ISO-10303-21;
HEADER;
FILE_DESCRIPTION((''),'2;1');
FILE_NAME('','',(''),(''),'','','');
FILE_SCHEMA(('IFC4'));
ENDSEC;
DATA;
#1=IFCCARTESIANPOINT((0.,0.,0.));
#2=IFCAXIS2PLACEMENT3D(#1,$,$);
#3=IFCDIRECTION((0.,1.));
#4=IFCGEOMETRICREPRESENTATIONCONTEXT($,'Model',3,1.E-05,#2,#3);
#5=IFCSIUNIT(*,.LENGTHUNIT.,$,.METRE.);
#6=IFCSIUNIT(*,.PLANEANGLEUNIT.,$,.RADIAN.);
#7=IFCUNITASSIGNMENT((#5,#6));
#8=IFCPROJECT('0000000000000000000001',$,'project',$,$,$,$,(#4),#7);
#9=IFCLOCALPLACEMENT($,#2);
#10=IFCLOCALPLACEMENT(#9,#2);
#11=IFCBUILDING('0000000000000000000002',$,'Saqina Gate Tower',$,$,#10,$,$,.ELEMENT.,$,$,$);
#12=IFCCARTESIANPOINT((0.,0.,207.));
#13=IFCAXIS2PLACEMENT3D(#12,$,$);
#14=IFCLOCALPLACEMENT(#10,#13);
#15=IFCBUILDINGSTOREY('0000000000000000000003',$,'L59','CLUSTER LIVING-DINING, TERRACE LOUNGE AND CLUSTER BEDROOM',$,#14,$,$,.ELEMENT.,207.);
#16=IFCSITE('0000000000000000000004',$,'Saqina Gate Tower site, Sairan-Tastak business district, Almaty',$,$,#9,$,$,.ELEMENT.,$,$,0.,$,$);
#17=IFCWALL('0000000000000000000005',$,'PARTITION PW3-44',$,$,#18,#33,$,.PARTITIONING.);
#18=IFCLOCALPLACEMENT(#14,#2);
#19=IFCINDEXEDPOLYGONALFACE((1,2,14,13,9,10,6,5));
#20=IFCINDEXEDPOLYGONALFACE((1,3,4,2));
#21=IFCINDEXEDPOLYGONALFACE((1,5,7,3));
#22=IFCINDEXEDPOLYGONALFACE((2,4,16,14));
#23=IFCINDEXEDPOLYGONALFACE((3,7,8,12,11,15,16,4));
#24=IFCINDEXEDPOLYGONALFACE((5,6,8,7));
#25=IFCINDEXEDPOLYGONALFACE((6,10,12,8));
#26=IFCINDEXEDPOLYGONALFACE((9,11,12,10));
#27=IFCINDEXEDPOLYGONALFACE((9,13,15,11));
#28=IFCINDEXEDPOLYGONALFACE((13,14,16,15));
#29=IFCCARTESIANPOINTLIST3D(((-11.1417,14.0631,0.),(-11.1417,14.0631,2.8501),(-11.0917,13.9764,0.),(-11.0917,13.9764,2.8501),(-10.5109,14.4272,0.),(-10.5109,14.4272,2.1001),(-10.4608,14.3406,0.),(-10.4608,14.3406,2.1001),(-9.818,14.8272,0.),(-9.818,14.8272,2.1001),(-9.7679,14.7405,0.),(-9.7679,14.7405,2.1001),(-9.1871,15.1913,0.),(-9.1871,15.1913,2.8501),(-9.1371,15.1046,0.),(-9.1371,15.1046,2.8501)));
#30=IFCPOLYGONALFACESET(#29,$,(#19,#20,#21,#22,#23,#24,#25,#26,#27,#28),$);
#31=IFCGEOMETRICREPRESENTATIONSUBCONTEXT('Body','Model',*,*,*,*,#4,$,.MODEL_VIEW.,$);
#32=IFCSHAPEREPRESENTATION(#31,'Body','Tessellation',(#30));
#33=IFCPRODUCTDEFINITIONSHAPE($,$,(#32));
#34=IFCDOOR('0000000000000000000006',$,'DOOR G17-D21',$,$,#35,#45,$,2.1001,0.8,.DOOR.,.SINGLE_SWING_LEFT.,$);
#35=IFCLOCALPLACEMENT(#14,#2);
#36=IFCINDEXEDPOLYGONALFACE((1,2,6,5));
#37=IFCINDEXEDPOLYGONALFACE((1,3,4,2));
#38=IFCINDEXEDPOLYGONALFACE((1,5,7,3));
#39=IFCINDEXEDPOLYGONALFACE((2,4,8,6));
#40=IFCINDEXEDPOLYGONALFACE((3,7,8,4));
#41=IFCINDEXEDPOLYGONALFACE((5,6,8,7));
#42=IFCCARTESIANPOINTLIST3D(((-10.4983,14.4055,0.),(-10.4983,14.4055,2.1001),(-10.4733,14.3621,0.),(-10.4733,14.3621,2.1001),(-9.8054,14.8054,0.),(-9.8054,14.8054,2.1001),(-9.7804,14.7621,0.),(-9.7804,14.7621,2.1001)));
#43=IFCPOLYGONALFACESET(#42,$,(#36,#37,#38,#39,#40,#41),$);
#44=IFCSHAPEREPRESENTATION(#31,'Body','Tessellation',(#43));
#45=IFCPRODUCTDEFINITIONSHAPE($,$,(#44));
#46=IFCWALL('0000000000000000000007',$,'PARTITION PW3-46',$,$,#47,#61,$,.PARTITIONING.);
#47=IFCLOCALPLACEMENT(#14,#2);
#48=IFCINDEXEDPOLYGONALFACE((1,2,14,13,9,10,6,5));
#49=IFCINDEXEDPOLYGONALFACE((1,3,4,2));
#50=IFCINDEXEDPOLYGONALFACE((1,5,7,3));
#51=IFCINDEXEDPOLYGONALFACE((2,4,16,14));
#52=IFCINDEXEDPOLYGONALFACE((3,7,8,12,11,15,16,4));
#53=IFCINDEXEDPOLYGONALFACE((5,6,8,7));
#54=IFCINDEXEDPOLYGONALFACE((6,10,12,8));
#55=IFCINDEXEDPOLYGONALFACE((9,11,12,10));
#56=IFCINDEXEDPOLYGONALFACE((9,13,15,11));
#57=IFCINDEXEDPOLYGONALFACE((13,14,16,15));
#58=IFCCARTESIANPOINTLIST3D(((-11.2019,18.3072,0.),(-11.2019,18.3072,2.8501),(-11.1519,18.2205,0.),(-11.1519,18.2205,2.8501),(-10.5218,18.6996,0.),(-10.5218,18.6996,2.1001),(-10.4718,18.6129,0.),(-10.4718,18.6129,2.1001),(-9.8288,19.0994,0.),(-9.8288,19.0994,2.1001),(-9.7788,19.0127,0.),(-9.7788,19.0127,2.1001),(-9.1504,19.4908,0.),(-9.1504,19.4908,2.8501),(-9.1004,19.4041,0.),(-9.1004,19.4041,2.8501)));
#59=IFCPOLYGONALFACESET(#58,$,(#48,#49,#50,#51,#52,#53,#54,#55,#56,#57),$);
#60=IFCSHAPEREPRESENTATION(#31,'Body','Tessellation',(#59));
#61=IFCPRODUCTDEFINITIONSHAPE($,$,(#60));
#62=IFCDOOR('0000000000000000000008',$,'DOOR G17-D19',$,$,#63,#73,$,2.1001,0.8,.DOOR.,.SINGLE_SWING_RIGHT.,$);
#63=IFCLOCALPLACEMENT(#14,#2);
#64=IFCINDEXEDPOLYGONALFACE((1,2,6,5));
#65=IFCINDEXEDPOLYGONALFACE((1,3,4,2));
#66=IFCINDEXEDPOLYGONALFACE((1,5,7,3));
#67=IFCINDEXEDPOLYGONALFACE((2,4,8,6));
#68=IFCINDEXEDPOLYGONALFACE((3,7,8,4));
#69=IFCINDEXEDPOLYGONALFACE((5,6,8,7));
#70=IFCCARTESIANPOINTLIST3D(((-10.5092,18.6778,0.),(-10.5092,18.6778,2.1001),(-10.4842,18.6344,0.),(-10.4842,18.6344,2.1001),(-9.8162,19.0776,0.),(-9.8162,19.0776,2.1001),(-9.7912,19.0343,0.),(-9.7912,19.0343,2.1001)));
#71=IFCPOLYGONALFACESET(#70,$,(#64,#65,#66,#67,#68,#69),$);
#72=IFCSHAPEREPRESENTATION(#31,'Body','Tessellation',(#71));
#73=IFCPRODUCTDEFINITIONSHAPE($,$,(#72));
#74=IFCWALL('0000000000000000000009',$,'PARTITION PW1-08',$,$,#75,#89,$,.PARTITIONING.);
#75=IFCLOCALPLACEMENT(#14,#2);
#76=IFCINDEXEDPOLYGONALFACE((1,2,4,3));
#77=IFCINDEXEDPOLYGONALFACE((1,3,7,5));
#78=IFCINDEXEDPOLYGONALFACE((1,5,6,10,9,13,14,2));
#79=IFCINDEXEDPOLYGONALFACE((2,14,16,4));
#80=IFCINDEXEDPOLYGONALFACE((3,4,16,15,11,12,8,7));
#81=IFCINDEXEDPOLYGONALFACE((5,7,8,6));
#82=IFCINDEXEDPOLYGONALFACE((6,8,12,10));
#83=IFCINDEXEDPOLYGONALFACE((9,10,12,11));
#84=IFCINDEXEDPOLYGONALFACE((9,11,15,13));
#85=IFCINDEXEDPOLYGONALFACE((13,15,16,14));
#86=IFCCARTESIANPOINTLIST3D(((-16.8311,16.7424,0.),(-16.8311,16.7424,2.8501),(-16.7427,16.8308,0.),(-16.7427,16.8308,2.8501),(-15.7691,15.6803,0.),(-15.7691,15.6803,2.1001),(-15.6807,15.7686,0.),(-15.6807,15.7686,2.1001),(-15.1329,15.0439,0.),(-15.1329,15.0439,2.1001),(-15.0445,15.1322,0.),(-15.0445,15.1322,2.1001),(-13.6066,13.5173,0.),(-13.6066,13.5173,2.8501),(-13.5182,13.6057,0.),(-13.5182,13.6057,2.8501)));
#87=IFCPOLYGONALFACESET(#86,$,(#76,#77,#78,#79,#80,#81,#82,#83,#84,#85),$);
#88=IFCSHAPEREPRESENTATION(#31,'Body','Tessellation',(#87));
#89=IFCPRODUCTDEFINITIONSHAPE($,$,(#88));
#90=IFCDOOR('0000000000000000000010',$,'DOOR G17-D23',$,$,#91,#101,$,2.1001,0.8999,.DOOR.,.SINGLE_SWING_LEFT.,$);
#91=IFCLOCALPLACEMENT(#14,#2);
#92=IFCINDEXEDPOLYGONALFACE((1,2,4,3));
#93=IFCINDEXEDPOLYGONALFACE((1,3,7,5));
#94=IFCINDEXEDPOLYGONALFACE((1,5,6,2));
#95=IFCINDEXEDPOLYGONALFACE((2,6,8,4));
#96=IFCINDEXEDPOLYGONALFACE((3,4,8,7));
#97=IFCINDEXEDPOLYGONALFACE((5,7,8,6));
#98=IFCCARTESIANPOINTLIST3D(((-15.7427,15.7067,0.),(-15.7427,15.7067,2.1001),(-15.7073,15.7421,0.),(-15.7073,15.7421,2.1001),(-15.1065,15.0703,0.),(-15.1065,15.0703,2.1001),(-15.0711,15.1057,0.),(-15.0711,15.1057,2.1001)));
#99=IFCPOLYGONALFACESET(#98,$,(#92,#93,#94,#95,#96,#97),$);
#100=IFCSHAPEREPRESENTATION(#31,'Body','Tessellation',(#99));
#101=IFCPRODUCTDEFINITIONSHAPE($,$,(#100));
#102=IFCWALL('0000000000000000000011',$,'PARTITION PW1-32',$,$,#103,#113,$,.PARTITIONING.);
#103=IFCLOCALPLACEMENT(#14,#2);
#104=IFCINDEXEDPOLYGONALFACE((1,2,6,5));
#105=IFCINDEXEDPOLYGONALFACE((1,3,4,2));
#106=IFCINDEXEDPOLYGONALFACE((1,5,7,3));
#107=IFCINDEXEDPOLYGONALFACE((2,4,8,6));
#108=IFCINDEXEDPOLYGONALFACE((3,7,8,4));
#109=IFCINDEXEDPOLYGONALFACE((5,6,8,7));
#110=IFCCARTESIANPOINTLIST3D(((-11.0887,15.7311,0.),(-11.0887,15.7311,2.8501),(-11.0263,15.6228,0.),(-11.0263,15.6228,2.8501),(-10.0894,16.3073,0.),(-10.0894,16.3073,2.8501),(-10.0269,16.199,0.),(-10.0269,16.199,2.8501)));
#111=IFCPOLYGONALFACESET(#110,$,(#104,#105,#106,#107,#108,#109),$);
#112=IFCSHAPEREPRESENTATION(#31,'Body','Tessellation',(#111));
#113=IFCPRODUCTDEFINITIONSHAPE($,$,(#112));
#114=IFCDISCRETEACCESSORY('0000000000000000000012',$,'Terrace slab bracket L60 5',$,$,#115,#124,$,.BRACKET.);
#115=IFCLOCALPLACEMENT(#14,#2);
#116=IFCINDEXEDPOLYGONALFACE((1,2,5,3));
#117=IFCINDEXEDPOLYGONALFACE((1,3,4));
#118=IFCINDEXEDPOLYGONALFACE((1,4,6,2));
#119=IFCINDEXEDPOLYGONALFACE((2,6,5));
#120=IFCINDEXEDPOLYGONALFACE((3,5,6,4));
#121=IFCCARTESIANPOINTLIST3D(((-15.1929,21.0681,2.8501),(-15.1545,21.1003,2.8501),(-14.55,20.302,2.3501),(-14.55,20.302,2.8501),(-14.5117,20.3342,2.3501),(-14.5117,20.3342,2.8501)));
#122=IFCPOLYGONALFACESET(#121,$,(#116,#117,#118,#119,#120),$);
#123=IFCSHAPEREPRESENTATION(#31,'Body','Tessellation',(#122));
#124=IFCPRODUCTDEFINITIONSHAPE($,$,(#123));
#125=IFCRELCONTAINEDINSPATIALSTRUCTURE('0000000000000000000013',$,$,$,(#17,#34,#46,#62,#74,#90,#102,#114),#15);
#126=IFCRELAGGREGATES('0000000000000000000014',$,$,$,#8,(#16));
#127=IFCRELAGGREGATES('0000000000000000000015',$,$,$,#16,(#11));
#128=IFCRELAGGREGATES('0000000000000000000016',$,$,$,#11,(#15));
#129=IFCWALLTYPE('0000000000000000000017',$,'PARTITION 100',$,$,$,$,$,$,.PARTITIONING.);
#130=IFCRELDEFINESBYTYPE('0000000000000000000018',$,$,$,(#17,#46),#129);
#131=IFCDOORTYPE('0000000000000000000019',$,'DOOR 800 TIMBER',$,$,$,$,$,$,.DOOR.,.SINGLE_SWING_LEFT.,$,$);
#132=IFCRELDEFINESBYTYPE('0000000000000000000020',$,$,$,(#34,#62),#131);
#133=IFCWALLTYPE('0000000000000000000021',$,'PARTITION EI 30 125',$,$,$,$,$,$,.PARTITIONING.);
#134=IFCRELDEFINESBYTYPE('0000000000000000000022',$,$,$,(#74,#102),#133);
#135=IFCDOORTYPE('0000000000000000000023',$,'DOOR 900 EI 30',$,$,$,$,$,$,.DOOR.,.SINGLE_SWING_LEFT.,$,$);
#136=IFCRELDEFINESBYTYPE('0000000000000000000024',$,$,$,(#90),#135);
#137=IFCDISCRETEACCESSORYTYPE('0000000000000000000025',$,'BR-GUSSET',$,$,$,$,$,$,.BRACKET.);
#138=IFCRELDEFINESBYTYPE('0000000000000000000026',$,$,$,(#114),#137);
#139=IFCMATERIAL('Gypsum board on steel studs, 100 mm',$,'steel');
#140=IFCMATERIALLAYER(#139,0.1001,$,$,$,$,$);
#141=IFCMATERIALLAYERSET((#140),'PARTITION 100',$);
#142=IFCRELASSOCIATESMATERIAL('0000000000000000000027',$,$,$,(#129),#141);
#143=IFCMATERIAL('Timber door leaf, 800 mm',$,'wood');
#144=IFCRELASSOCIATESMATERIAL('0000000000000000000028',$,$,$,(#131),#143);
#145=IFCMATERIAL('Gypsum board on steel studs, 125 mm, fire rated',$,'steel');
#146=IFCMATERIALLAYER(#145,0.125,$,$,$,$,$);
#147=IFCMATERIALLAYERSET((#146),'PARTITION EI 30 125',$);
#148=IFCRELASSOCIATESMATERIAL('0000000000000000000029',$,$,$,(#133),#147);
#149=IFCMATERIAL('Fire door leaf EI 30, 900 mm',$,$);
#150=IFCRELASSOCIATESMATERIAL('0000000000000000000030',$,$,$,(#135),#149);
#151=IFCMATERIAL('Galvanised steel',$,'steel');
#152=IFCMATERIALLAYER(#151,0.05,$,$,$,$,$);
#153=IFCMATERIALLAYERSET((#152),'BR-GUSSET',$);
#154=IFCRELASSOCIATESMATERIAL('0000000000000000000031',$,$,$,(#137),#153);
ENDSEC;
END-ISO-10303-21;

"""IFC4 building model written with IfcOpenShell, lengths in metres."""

from ifc_helpers import new_model, si_unit, direction, frame, frame_2d, origin, place, context, subcontext, project, spatial, polyline, rectangle, outline, extrude, material, layer, layer_set, type_object, element, fill, save


model = new_model("IFC4")

# Units and contexts
model_context = context("Model", 3, precision=1e-05, world=origin(), true_north=direction((0.0, 1.0)))
body_context = subcontext(model_context, "Body", "Model", "MODEL_VIEW")
ifc_project = project(units=[si_unit("LENGTHUNIT", "METRE"), si_unit("PLANEANGLEUNIT", "RADIAN")], contexts=[model_context])

# Site, building, storey
site_placement = place(None, origin())
site = spatial("IfcSite", under=ifc_project, at=site_placement, Name="Saqina Gate Tower site, Sairan-Tastak business district, Almaty", CompositionType="ELEMENT", RefElevation=0.0)
building_placement = place(site_placement, origin())
building = spatial("IfcBuilding", under=site, at=building_placement, Name="Saqina Gate Tower", CompositionType="ELEMENT")
storey_placement = place(building_placement, frame((0.0, 0.0, 207.0)))
storey = spatial("IfcBuildingStorey", under=building, at=storey_placement, Name="L59", Description="CLUSTER LIVING-DINING, TERRACE LOUNGE AND CLUSTER BEDROOM", CompositionType="ELEMENT", Elevation=207.0)

# Shared definitions
ifc_material_1 = material(Name="Gypsum board on steel studs, 100 mm", Category="steel")
ifc_layer_1 = layer(ifc_material_1, 0.1001)
ifc_layer_set_1 = layer_set([ifc_layer_1], Name="PARTITION 100")
wall_type_1 = type_object("IfcWallType", Name="PARTITION 100", PredefinedType="PARTITIONING", material=ifc_layer_set_1)

# Walls, openings, doors
wall_1_placement = place(storey_placement, frame((-11.1167, 14.0198, 0.0), z_axis=(0.0, 0.0, 1.0), x_axis=(0.866085, 0.499897, 0.0)))
wall_1 = element("IfcWall", 1, at=wall_1_placement, inside=storey, type_object=wall_type_1, Name="PARTITION PW3-44", PredefinedType="PARTITIONING", context=body_context, shape_type="SweptSolid", body=[
    extrude(rectangle(XDim=2.2568, YDim=0.1001, at=frame_2d((1.1284, 0.0))), origin(), (0.0, 0.0, 1.0), 2.8501),
])
opening_1_placement = place(wall_1_placement, frame((0.7285, 0.0, 0.0)))
opening_1 = element("IfcOpeningElement", 2, at=opening_1_placement, cuts=wall_1, PredefinedType="OPENING", context=body_context, shape_type="SweptSolid", body=[
    extrude(rectangle(XDim=0.8, YDim=2.1001, at=frame_2d((0.3999, 1.05))), frame((0.0, 0.062, 0.0), z_axis=(0.0, -1.0, 0.0), x_axis=(1.0, 0.0, 0.0)), (0.0, 0.0, 1.0), 0.124),
])
ifc_material_2 = material(Name="Timber door leaf, 800 mm", Category="wood")
door_type_1 = type_object("IfcDoorType", Name="DOOR 800 TIMBER", OperationType="SINGLE_SWING_LEFT", PredefinedType="DOOR", material=ifc_material_2)
door_1_placement = place(opening_1_placement, origin())
door_1 = element("IfcDoor", 3, at=door_1_placement, inside=storey, type_object=door_type_1, Name="DOOR G17-D21", OperationType="SINGLE_SWING_LEFT", OverallHeight=2.1001, OverallWidth=0.8, PredefinedType="DOOR", context=body_context, shape_type="SweptSolid", body=[
    extrude(rectangle(XDim=0.8, YDim=2.1001, at=frame_2d((0.3999, 1.05))), frame((0.0, 0.0249, 0.0), z_axis=(0.0, -1.0, 0.0), x_axis=(1.0, 0.0, 0.0)), (0.0, 0.0, 1.0), 0.05),
])
fill(opening_1, door_1)
wall_2_placement = place(storey_placement, frame((-11.1768, 18.2639, 0.0), z_axis=(0.0, 0.0, 1.0), x_axis=(0.86618, 0.499731, 0.0)))
wall_2 = element("IfcWall", 4, at=wall_2_placement, inside=storey, type_object=wall_type_1, Name="PARTITION PW3-46", PredefinedType="PARTITIONING", context=body_context, shape_type="SweptSolid", body=[
    extrude(rectangle(XDim=2.3684, YDim=0.1001, at=frame_2d((1.1841, 0.0))), origin(), (0.0, 0.0, 1.0), 2.8501),
])
opening_2_placement = place(wall_2_placement, frame((0.7852, 0.0, 0.0)))
opening_2 = element("IfcOpeningElement", 5, at=opening_2_placement, cuts=wall_2, PredefinedType="OPENING", context=body_context, shape_type="SweptSolid", body=[
    extrude(rectangle(XDim=0.8, YDim=2.1001, at=frame_2d((0.3999, 1.05))), frame((0.0, 0.062, 0.0), z_axis=(0.0, -1.0, 0.0), x_axis=(1.0, 0.0, 0.0)), (0.0, 0.0, 1.0), 0.124),
])
door_2_placement = place(opening_2_placement, origin())
door_2 = element("IfcDoor", 6, at=door_2_placement, inside=storey, type_object=door_type_1, Name="DOOR G17-D19", OperationType="SINGLE_SWING_RIGHT", OverallHeight=2.1001, OverallWidth=0.8, PredefinedType="DOOR", context=body_context, shape_type="SweptSolid", body=[
    extrude(rectangle(XDim=0.8, YDim=2.1001, at=frame_2d((0.3999, 1.05))), frame((0.0, 0.0249, 0.0), z_axis=(0.0, -1.0, 0.0), x_axis=(1.0, 0.0, 0.0)), (0.0, 0.0, 1.0), 0.05),
])
fill(opening_2, door_2)
ifc_material_3 = material(Name="Gypsum board on steel studs, 125 mm, fire rated", Category="steel")
ifc_layer_2 = layer(ifc_material_3, 0.125)
ifc_layer_set_2 = layer_set([ifc_layer_2], Name="PARTITION EI 30 125")
wall_type_2 = type_object("IfcWallType", Name="PARTITION EI 30 125", PredefinedType="PARTITIONING", material=ifc_layer_set_2)
wall_3_placement = place(storey_placement, frame((-16.7869, 16.7866, 0.0), z_axis=(0.0, 0.0, 1.0), x_axis=(0.707026, -0.707187, 0.0)))
wall_3 = element("IfcWall", 7, at=wall_3_placement, inside=storey, type_object=wall_type_2, Name="PARTITION PW1-08", PredefinedType="PARTITIONING", context=body_context, shape_type="SweptSolid", body=[
    extrude(rectangle(XDim=4.5605, YDim=0.125, at=frame_2d((2.2803, 0.0))), origin(), (0.0, 0.0, 1.0), 2.8501),
])
opening_3_placement = place(wall_3_placement, frame((1.502, 0.0, 0.0)))
opening_3 = element("IfcOpeningElement", 8, at=opening_3_placement, cuts=wall_3, PredefinedType="OPENING", context=body_context, shape_type="SweptSolid", body=[
    extrude(rectangle(XDim=0.8999, YDim=2.1001, at=frame_2d((0.45, 1.05))), frame((0.0, 0.0745, 0.0), z_axis=(0.0, -1.0, 0.0), x_axis=(1.0, 0.0, 0.0)), (0.0, 0.0, 1.0), 0.1489),
])
ifc_material_4 = material(Name="Fire door leaf EI 30, 900 mm")
door_type_2 = type_object("IfcDoorType", Name="DOOR 900 EI 30", OperationType="SINGLE_SWING_LEFT", PredefinedType="DOOR", material=ifc_material_4)
door_3_placement = place(opening_3_placement, origin())
door_3 = element("IfcDoor", 9, at=door_3_placement, inside=storey, type_object=door_type_2, Name="DOOR G17-D23", OperationType="SINGLE_SWING_LEFT", OverallHeight=2.1001, OverallWidth=0.8999, PredefinedType="DOOR", context=body_context, shape_type="SweptSolid", body=[
    extrude(rectangle(XDim=0.8999, YDim=2.1001, at=frame_2d((0.45, 1.05))), frame((0.0, 0.0249, 0.0), z_axis=(0.0, -1.0, 0.0), x_axis=(1.0, 0.0, 0.0)), (0.0, 0.0, 1.0), 0.05),
])
fill(opening_3, door_3)

# Wall
wall_4_placement = place(storey_placement, frame((-11.0574, 15.677, 0.0), z_axis=(0.0, 0.0, 1.0), x_axis=(0.866309, 0.499509, 0.0)))
element("IfcWall", 10, at=wall_4_placement, inside=storey, type_object=wall_type_2, Name="PARTITION PW1-32", PredefinedType="PARTITIONING", context=body_context, shape_type="SweptSolid", body=[
    extrude(rectangle(XDim=1.1536, YDim=0.125, at=frame_2d((0.5767, 0.0))), origin(), (0.0, 0.0, 1.0), 2.8501),
])

# Discrete accessory
ifc_material_5 = material(Name="Galvanised steel", Category="steel")
ifc_layer_3 = layer(ifc_material_5, 0.05)
ifc_layer_set_3 = layer_set([ifc_layer_3], Name="BR-GUSSET")
discrete_accessory_type = type_object("IfcDiscreteAccessoryType", Name="BR-GUSSET", PredefinedType="BRACKET", material=ifc_layer_set_3)
discrete_accessory_placement = place(storey_placement, frame((-14.55, 20.302, 2.3501), z_axis=(-0.766056, -0.642774, 0.0), x_axis=(0.0, 0.0, 1.0)))
element("IfcDiscreteAccessory", 11, at=discrete_accessory_placement, inside=storey, type_object=discrete_accessory_type, Name="Terrace slab bracket L60 5", PredefinedType="BRACKET", context=body_context, shape_type="SweptSolid", body=[
    extrude(outline(polyline([(0.0, 0.0), (0.5, 0.0), (0.5, 1.0001), (0.0, 0.0)])), origin(), (0.0, 0.0, -1.0), 0.05),
])

save(model, "model.ifc")
